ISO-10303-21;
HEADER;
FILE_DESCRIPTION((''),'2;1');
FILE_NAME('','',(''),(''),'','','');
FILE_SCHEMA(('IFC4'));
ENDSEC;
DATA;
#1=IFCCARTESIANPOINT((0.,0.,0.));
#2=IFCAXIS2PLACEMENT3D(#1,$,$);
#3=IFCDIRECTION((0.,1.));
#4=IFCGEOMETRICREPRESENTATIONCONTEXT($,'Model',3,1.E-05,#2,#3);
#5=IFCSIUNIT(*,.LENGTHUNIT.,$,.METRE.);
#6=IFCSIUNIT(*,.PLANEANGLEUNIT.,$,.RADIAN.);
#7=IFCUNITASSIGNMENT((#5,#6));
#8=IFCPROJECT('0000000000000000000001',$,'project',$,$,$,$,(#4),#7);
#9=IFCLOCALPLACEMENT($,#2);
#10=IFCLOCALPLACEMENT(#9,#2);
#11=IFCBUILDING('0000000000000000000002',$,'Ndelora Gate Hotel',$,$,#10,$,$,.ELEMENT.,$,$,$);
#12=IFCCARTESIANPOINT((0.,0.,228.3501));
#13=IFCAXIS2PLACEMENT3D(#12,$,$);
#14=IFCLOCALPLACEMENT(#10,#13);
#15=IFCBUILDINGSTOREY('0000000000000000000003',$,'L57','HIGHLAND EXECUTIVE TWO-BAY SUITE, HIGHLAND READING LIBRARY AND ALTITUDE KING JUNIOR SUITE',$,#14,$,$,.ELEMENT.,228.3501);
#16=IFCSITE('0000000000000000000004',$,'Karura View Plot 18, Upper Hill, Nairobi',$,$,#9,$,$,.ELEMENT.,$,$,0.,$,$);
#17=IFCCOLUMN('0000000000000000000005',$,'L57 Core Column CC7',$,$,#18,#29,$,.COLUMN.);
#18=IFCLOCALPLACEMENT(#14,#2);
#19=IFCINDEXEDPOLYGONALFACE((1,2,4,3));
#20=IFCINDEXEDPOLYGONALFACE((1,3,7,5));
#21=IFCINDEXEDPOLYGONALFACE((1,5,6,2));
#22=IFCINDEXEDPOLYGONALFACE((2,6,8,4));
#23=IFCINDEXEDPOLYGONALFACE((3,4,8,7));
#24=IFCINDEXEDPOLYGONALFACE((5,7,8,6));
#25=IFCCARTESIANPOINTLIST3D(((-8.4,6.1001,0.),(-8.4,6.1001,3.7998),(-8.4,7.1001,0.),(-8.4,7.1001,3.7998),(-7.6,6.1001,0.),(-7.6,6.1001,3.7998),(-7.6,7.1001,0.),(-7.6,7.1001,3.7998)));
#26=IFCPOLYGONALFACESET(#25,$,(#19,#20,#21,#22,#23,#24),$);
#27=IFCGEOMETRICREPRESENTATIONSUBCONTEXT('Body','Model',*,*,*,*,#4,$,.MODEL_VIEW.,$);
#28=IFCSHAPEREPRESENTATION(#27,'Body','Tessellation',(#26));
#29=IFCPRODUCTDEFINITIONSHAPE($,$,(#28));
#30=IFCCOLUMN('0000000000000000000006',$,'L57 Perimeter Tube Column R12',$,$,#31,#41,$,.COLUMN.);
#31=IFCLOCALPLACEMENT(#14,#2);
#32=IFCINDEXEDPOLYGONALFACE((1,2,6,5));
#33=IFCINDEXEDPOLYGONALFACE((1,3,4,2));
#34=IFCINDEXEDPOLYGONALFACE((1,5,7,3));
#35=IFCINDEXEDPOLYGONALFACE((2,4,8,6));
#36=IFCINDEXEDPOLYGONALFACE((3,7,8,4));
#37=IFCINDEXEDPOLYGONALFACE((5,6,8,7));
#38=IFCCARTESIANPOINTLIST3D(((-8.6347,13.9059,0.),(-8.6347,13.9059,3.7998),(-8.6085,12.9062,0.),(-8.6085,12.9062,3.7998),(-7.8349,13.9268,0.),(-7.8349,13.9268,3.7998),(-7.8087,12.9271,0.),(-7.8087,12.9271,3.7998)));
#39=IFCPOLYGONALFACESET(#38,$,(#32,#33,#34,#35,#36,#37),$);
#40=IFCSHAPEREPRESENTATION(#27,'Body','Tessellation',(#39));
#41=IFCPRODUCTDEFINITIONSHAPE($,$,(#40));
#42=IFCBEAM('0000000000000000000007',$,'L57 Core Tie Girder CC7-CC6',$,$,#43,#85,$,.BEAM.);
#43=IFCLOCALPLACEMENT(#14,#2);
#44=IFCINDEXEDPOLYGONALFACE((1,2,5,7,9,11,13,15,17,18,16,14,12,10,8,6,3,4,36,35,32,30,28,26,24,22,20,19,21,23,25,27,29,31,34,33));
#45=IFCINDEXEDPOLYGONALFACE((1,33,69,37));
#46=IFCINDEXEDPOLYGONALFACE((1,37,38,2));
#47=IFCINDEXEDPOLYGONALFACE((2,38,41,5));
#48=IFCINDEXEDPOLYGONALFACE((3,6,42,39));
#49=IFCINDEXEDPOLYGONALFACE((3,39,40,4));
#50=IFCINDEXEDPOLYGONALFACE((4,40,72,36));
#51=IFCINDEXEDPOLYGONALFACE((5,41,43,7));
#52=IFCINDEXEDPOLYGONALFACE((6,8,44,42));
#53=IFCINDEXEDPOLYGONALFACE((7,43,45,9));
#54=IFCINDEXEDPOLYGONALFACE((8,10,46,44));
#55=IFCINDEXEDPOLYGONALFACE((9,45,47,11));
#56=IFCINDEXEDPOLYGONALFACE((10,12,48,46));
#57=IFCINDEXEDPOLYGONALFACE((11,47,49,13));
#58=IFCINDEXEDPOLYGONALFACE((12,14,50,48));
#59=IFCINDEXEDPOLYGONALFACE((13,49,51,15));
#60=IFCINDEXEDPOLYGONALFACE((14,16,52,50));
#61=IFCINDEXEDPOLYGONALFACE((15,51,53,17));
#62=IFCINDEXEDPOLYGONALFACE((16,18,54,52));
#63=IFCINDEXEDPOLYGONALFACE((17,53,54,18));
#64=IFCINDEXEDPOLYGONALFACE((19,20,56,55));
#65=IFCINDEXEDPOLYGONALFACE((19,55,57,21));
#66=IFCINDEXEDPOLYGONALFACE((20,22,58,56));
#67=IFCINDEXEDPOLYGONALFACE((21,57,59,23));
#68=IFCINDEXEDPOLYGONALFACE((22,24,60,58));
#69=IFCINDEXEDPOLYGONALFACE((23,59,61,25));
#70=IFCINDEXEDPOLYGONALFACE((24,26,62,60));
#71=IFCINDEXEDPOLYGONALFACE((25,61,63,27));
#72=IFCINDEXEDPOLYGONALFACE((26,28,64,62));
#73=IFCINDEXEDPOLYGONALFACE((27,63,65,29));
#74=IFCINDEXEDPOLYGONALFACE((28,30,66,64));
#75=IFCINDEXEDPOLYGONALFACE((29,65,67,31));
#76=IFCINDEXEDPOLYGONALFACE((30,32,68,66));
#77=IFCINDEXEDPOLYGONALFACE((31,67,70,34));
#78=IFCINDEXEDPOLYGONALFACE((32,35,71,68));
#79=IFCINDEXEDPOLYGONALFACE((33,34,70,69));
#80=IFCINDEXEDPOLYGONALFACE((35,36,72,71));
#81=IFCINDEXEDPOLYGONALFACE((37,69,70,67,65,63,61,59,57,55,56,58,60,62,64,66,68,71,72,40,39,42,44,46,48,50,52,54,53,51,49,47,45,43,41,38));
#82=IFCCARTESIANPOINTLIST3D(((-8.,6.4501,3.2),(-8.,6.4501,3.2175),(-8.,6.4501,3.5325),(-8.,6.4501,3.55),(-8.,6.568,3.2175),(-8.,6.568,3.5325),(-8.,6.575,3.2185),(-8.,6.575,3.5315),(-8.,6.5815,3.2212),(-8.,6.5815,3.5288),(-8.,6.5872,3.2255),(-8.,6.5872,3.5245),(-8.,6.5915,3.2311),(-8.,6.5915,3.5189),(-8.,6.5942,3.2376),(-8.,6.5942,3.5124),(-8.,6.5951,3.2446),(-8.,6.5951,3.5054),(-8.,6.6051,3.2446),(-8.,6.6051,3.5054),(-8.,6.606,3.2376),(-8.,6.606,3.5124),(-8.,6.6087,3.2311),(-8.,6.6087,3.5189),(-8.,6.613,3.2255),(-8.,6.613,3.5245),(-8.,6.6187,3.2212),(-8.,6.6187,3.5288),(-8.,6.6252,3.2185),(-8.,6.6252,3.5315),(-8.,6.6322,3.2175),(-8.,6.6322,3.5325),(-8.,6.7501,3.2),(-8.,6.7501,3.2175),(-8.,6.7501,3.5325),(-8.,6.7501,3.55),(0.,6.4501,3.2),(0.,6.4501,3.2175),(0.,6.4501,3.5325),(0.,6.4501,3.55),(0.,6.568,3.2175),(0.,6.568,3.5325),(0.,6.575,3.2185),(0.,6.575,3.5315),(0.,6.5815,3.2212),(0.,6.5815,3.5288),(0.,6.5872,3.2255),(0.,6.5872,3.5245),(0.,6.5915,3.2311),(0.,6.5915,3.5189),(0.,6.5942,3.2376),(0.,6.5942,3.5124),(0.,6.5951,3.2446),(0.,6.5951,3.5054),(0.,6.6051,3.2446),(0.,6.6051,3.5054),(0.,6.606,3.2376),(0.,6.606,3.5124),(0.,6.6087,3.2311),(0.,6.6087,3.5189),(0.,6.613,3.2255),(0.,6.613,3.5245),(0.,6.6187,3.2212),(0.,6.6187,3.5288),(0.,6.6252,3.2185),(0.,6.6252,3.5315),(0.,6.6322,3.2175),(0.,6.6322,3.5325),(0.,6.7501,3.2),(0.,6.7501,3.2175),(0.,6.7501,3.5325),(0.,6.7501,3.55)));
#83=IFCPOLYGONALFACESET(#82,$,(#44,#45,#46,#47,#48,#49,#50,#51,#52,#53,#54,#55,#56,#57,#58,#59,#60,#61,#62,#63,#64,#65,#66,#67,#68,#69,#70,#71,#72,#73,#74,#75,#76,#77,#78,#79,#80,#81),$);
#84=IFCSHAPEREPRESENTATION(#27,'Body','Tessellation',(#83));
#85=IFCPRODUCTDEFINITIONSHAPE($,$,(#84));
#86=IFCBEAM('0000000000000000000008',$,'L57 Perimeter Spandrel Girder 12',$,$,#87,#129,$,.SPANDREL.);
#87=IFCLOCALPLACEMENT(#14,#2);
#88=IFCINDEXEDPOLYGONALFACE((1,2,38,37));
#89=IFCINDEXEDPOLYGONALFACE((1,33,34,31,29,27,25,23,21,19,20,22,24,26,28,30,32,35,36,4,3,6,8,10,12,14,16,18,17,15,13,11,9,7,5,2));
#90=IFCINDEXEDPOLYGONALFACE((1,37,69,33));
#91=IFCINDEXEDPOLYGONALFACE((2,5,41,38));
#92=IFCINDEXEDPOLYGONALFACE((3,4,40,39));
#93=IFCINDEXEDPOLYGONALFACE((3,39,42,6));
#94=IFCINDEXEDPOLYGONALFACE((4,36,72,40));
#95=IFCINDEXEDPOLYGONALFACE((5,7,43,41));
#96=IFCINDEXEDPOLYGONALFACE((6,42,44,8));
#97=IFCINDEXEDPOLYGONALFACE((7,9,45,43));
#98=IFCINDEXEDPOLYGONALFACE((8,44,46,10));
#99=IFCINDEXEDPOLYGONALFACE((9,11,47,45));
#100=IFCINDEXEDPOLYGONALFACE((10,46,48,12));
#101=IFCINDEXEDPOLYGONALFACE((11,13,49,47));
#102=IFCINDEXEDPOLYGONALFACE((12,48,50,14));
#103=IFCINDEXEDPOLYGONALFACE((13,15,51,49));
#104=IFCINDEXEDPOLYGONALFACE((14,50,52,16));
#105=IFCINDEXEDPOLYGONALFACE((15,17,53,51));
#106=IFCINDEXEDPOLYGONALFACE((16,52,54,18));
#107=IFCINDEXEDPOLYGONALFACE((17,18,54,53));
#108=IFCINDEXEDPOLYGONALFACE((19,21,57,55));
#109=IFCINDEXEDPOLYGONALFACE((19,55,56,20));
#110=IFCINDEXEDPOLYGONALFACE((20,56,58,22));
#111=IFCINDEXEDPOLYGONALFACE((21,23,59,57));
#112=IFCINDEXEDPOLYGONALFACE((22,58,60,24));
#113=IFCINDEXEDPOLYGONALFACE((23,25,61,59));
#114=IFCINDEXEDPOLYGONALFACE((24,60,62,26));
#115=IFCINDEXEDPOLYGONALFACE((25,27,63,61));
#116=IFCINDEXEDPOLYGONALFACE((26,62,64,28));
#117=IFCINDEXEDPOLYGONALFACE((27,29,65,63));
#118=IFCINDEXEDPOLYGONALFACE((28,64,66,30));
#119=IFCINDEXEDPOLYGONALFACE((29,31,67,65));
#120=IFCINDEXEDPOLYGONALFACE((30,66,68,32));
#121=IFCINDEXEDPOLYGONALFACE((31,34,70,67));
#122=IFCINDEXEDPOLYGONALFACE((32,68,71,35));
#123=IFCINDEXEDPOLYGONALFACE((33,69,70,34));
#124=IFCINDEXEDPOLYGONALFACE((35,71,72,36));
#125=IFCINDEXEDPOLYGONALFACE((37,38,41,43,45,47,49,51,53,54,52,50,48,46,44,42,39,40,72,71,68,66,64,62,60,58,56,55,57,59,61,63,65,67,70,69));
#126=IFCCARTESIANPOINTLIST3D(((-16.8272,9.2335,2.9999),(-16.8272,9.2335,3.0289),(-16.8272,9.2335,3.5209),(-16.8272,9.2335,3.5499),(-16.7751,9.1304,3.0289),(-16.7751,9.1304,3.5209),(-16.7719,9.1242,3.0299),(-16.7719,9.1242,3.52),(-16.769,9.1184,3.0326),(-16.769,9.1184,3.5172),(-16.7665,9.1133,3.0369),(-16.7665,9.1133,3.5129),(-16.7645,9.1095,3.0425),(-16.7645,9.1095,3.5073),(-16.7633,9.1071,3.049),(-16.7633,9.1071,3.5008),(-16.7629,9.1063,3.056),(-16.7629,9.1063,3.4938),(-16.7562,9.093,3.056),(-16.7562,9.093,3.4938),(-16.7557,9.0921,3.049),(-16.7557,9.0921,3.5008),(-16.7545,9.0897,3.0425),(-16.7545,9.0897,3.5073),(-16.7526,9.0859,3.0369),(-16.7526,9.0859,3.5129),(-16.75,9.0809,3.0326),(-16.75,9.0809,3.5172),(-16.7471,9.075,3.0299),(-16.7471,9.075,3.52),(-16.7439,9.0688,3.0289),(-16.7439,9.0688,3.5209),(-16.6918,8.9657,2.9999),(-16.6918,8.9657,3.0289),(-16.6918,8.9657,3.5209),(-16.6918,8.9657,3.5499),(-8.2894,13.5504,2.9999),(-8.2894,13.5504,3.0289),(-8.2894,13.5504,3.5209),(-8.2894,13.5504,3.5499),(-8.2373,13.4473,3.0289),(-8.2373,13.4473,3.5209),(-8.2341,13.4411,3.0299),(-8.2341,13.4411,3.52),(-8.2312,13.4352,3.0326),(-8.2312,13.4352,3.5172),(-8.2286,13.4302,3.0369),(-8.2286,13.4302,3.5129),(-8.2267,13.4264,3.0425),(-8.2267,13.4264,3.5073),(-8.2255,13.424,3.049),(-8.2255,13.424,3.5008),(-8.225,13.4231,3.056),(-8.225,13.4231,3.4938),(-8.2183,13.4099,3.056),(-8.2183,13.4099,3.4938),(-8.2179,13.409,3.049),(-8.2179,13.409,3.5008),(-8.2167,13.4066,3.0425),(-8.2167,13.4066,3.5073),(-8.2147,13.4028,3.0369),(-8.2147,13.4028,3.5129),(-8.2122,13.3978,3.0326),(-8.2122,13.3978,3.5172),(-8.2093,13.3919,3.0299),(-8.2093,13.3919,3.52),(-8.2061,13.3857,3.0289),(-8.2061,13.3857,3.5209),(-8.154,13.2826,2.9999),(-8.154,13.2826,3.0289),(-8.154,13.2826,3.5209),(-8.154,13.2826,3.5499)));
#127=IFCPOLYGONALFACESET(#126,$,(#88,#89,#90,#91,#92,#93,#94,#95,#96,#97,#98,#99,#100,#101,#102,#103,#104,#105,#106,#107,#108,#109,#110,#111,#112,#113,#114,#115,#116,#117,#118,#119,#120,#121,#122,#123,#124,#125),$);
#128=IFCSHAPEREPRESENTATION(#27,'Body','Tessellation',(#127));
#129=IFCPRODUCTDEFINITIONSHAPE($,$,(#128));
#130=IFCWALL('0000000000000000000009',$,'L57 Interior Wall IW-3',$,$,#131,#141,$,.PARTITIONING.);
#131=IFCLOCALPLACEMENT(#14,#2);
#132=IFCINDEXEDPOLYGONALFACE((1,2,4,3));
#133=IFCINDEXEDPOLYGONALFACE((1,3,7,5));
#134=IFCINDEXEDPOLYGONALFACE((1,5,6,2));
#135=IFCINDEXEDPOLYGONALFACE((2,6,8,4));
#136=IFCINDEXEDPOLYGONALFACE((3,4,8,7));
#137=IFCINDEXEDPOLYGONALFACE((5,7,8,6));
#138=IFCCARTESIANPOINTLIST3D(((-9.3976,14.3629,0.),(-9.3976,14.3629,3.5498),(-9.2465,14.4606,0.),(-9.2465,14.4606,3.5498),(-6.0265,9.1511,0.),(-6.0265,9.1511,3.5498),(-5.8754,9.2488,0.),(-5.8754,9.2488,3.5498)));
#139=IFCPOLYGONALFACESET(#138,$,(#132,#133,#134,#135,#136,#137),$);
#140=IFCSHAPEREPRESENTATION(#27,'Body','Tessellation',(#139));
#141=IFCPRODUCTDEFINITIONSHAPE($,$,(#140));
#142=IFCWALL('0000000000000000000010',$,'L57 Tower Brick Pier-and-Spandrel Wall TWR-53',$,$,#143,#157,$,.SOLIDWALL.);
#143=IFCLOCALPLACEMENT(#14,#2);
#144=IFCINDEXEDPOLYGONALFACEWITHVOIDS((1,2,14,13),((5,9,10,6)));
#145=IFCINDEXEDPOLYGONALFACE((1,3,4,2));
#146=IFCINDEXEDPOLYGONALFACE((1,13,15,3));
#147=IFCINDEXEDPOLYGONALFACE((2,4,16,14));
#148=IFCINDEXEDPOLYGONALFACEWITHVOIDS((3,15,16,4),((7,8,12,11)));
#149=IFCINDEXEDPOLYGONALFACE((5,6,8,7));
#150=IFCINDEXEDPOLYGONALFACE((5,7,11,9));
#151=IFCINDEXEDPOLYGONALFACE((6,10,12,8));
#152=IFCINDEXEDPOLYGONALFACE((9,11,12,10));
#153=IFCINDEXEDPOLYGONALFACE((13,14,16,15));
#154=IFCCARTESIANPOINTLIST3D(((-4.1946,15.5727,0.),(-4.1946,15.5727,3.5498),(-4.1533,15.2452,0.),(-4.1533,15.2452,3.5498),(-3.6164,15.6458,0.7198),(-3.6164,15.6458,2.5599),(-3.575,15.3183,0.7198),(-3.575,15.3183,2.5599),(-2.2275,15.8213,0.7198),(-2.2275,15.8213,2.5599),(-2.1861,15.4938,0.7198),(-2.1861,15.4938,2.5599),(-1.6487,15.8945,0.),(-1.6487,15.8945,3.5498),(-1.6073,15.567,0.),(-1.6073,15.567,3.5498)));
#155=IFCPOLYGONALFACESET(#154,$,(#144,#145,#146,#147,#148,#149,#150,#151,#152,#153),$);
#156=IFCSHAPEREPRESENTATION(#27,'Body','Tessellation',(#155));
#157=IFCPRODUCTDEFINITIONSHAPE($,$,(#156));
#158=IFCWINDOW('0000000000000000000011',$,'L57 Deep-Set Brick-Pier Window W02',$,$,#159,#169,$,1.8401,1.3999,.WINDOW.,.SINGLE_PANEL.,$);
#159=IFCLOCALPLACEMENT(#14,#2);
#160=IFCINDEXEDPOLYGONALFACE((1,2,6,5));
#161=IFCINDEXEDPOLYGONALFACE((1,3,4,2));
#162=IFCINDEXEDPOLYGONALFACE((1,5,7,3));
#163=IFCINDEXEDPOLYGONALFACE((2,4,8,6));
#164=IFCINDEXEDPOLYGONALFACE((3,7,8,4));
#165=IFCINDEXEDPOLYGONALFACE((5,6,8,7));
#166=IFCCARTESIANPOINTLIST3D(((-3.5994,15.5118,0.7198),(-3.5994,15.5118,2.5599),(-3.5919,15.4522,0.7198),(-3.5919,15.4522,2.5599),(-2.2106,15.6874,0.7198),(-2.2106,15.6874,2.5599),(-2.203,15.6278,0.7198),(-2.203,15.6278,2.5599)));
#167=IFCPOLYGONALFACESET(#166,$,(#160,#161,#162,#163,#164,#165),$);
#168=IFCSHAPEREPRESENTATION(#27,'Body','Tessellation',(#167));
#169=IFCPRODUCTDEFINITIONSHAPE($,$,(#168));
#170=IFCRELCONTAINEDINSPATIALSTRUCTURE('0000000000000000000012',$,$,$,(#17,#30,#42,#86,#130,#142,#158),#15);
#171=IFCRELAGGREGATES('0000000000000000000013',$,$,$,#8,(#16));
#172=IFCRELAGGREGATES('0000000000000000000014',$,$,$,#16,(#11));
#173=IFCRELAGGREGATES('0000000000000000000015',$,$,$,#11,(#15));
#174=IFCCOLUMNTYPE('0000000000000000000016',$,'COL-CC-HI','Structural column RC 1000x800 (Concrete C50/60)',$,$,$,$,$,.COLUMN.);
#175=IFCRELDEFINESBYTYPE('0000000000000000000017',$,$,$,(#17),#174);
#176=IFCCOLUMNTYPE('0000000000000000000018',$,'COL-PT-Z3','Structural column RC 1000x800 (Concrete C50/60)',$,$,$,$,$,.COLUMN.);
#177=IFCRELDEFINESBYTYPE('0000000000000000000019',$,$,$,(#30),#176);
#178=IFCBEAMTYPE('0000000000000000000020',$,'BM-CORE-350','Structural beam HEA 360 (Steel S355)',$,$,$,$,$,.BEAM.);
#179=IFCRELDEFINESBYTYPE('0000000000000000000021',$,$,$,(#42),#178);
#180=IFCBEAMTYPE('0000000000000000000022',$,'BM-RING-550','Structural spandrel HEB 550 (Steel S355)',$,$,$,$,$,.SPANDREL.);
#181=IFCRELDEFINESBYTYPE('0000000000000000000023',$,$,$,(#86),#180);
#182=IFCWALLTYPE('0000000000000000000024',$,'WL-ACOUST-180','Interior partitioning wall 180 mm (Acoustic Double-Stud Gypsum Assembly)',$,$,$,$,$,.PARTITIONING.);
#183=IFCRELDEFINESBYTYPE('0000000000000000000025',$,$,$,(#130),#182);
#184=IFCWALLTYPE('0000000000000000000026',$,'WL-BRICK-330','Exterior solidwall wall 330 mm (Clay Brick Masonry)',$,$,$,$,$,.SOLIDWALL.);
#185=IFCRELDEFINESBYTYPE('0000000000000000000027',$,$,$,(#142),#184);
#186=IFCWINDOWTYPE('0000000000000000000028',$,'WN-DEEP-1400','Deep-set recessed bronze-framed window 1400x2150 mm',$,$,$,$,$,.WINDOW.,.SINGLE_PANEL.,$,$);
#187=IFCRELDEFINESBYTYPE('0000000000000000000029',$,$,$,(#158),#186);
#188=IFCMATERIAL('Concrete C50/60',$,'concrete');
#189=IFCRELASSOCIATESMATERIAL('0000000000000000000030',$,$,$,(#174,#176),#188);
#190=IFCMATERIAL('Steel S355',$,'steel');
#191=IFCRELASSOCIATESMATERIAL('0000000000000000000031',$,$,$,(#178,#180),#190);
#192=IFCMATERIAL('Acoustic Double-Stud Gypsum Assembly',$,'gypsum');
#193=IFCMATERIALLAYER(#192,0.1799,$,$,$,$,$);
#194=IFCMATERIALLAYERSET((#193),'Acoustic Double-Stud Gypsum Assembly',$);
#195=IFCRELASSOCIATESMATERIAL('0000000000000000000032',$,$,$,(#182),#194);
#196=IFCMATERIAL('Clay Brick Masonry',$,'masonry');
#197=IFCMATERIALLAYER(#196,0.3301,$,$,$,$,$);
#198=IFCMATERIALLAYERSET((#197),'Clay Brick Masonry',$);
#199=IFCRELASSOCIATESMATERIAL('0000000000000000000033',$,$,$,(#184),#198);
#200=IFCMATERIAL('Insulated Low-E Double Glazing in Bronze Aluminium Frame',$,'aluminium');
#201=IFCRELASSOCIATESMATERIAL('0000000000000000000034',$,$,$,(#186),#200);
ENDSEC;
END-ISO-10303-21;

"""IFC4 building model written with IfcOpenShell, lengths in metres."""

from ifc_helpers import new_model, si_unit, direction, frame, frame_2d, origin, origin_2d, place, context, subcontext, project, spatial, rectangle, i_section, extrude, material, layer, layer_set, material_profile, profile_set, type_object, element, fill, save


model = new_model("IFC4")

# Units and contexts
model_context = context("Model", 3, precision=1e-05, world=origin(), true_north=direction((0.0, 1.0)))
body_context = subcontext(model_context, "Body", "Model", "MODEL_VIEW")
ifc_project = project(units=[si_unit("LENGTHUNIT", "METRE"), si_unit("PLANEANGLEUNIT", "RADIAN")], contexts=[model_context])

# Site, building, storey
site_placement = place(None, origin())
site = spatial("IfcSite", under=ifc_project, at=site_placement, Name="Karura View Plot 18, Upper Hill, Nairobi", CompositionType="ELEMENT", RefElevation=0.0)
building_placement = place(site_placement, origin())
building = spatial("IfcBuilding", under=site, at=building_placement, Name="Ndelora Gate Hotel", CompositionType="ELEMENT")
storey_placement = place(building_placement, frame((0.0, 0.0, 228.3501)))
storey = spatial("IfcBuildingStorey", under=building, at=storey_placement, Name="L57", Description="HIGHLAND EXECUTIVE TWO-BAY SUITE, HIGHLAND READING LIBRARY AND ALTITUDE KING JUNIOR SUITE", CompositionType="ELEMENT", Elevation=228.3501)

# Columns
ifc_material_1 = material(Name="Concrete C50/60", Category="concrete")
ifc_material_profile_1 = material_profile(ifc_material_1, rectangle(XDim=0.8, YDim=1.0, at=origin_2d()), Name="RC 1000x800")
ifc_profile_set_1 = profile_set([ifc_material_profile_1], Name="Concrete C50/60")
column_type_1 = type_object("IfcColumnType", Name="COL-CC-HI", Description="Structural column RC 1000x800 (Concrete C50/60)", PredefinedType="COLUMN", material=ifc_profile_set_1)
column_1_placement = place(storey_placement, frame((-8.0, 6.6001, 0.0), z_axis=(0.0, 0.0, 1.0), x_axis=(1.0, 0.0, 0.0)))
element("IfcColumn", 1, at=column_1_placement, inside=storey, type_object=column_type_1, Name="L57 Core Column CC7", PredefinedType="COLUMN", context=body_context, shape_type="SweptSolid", body=[
    extrude(rectangle(XDim=0.8, YDim=1.0, at=origin_2d()), origin(), (0.0, 0.0, 1.0), 3.7998),
])
ifc_material_profile_2 = material_profile(ifc_material_1, rectangle(XDim=0.8, YDim=1.0, at=origin_2d()), Name="RC 1000x800")
ifc_profile_set_2 = profile_set([ifc_material_profile_2], Name="Concrete C50/60")
column_type_2 = type_object("IfcColumnType", Name="COL-PT-Z3", Description="Structural column RC 1000x800 (Concrete C50/60)", PredefinedType="COLUMN", material=ifc_profile_set_2)
column_2_placement = place(storey_placement, frame((-8.2217, 13.4165, 0.0), z_axis=(0.0, 0.0, 1.0), x_axis=(0.999657, 0.026177, 0.0)))
element("IfcColumn", 2, at=column_2_placement, inside=storey, type_object=column_type_2, Name="L57 Perimeter Tube Column R12", PredefinedType="COLUMN", context=body_context, shape_type="SweptSolid", body=[
    extrude(rectangle(XDim=0.8, YDim=1.0, at=origin_2d()), origin(), (0.0, 0.0, 1.0), 3.7998),
])

# Beams
ifc_material_2 = material(Name="Steel S355", Category="steel")
ifc_material_profile_3 = material_profile(ifc_material_2, i_section(OverallWidth=0.3, OverallDepth=0.3501, WebThickness=0.01, FlangeThickness=0.0176, FilletRadius=0.0271, at=origin_2d()), Name="HEA 360")
ifc_profile_set_3 = profile_set([ifc_material_profile_3], Name="Steel S355")
beam_type_1 = type_object("IfcBeamType", Name="BM-CORE-350", Description="Structural beam HEA 360 (Steel S355)", PredefinedType="BEAM", material=ifc_profile_set_3)
beam_1_placement = place(storey_placement, frame((-8.0, 6.6001, 3.375), z_axis=(1.0, 0.0, 0.0), x_axis=(0.0, 1.0, 0.0)))
element("IfcBeam", 3, at=beam_1_placement, inside=storey, type_object=beam_type_1, Name="L57 Core Tie Girder CC7-CC6", PredefinedType="BEAM", context=body_context, shape_type="SweptSolid", body=[
    extrude(i_section(OverallWidth=0.3, OverallDepth=0.3501, WebThickness=0.01, FlangeThickness=0.0176, FilletRadius=0.0271, at=origin_2d()), origin(), (0.0, 0.0, 1.0), 8.0),
])
ifc_material_profile_4 = material_profile(ifc_material_2, i_section(OverallWidth=0.3, OverallDepth=0.55, WebThickness=0.0149, FlangeThickness=0.0291, FilletRadius=0.0271, at=origin_2d()), Name="HEB 550")
ifc_profile_set_4 = profile_set([ifc_material_profile_4], Name="Steel S355")
beam_type_2 = type_object("IfcBeamType", Name="BM-RING-550", Description="Structural spandrel HEB 550 (Steel S355)", PredefinedType="SPANDREL", material=ifc_profile_set_4)
beam_2_placement = place(storey_placement, frame((-8.2217, 13.4165, 3.2749), z_axis=(-0.892412, -0.451221, 0.0), x_axis=(0.451221, -0.892412, 0.0)))
element("IfcBeam", 4, at=beam_2_placement, inside=storey, type_object=beam_type_2, Name="L57 Perimeter Spandrel Girder 12", PredefinedType="SPANDREL", context=body_context, shape_type="SweptSolid", body=[
    extrude(i_section(OverallWidth=0.3, OverallDepth=0.55, WebThickness=0.0149, FlangeThickness=0.0291, FilletRadius=0.0271, at=origin_2d()), origin(), (0.0, 0.0, 1.0), 9.5671),
])

# Wall
ifc_material_3 = material(Name="Acoustic Double-Stud Gypsum Assembly", Category="gypsum")
ifc_layer_1 = layer(ifc_material_3, 0.1799)
ifc_layer_set_1 = layer_set([ifc_layer_1], Name="Acoustic Double-Stud Gypsum Assembly")
wall_type_1 = type_object("IfcWallType", Name="WL-ACOUST-180", Description="Interior partitioning wall 180 mm (Acoustic Double-Stud Gypsum Assembly)", PredefinedType="PARTITIONING", material=ifc_layer_set_1)
wall_1_placement = place(storey_placement, frame((-5.9509, 9.2, 0.0), z_axis=(0.0, 0.0, 1.0), x_axis=(-0.543119, 0.839656, 0.0)))
element("IfcWall", 5, at=wall_1_placement, inside=storey, type_object=wall_type_1, Name="L57 Interior Wall IW-3", PredefinedType="PARTITIONING", context=body_context, shape_type="SweptSolid", body=[
    extrude(rectangle(XDim=6.207, YDim=0.1799, at=frame_2d((3.1035, 0.0))), origin(), (0.0, 0.0, 1.0), 3.5498),
])

# Wall, opening, window
ifc_material_4 = material(Name="Clay Brick Masonry", Category="masonry")
ifc_layer_2 = layer(ifc_material_4, 0.3301)
ifc_layer_set_2 = layer_set([ifc_layer_2], Name="Clay Brick Masonry")
wall_type_2 = type_object("IfcWallType", Name="WL-BRICK-330", Description="Exterior solidwall wall 330 mm (Clay Brick Masonry)", PredefinedType="SOLIDWALL", material=ifc_layer_set_2)
wall_2_placement = place(storey_placement, frame((-4.1741, 15.4089, 0.0), z_axis=(0.0, 0.0, 1.0), x_axis=(0.992107, 0.125393, 0.0)))
wall_2 = element("IfcWall", 6, at=wall_2_placement, inside=storey, type_object=wall_type_2, Name="L57 Tower Brick Pier-and-Spandrel Wall TWR-53", PredefinedType="SOLIDWALL", context=body_context, shape_type="SweptSolid", body=[
    extrude(rectangle(XDim=2.5662, YDim=0.3301, at=frame_2d((1.2832, 0.0))), origin(), (0.0, 0.0, 1.0), 3.5498),
])
opening_1_placement = place(wall_2_placement, frame((0.583, 0.0, 0.72)))
opening_1 = element("IfcOpeningElement", 7, at=opening_1_placement, cuts=wall_2, PredefinedType="OPENING", context=body_context, shape_type="SweptSolid", body=[
    extrude(rectangle(XDim=1.3999, YDim=1.8401, at=frame_2d((0.7, 0.9199))), frame((0.0, 0.175, 0.0), z_axis=(0.0, -1.0, 0.0), x_axis=(1.0, 0.0, 0.0)), (0.0, 0.0, 1.0), 0.3501),
])
ifc_material_5 = material(Name="Insulated Low-E Double Glazing in Bronze Aluminium Frame", Category="aluminium")
window_type = type_object("IfcWindowType", Name="WN-DEEP-1400", Description="Deep-set recessed bronze-framed window 1400x2150 mm", PartitioningType="SINGLE_PANEL", PredefinedType="WINDOW", material=ifc_material_5)
window_1_placement = place(opening_1_placement, origin())
window_1 = element("IfcWindow", 8, at=window_1_placement, inside=storey, type_object=window_type, Name="L57 Deep-Set Brick-Pier Window W02", OverallHeight=1.8401, OverallWidth=1.3999, PartitioningType="SINGLE_PANEL", PredefinedType="WINDOW", context=body_context, shape_type="SweptSolid", body=[
    extrude(rectangle(XDim=1.3999, YDim=1.8401, at=frame_2d((0.7, 0.9199))), frame((0.0, 0.03, 0.0), z_axis=(0.0, -1.0, 0.0), x_axis=(1.0, 0.0, 0.0)), (0.0, 0.0, 1.0), 0.0601),
])
fill(opening_1, window_1)

save(model, "model.ifc")
